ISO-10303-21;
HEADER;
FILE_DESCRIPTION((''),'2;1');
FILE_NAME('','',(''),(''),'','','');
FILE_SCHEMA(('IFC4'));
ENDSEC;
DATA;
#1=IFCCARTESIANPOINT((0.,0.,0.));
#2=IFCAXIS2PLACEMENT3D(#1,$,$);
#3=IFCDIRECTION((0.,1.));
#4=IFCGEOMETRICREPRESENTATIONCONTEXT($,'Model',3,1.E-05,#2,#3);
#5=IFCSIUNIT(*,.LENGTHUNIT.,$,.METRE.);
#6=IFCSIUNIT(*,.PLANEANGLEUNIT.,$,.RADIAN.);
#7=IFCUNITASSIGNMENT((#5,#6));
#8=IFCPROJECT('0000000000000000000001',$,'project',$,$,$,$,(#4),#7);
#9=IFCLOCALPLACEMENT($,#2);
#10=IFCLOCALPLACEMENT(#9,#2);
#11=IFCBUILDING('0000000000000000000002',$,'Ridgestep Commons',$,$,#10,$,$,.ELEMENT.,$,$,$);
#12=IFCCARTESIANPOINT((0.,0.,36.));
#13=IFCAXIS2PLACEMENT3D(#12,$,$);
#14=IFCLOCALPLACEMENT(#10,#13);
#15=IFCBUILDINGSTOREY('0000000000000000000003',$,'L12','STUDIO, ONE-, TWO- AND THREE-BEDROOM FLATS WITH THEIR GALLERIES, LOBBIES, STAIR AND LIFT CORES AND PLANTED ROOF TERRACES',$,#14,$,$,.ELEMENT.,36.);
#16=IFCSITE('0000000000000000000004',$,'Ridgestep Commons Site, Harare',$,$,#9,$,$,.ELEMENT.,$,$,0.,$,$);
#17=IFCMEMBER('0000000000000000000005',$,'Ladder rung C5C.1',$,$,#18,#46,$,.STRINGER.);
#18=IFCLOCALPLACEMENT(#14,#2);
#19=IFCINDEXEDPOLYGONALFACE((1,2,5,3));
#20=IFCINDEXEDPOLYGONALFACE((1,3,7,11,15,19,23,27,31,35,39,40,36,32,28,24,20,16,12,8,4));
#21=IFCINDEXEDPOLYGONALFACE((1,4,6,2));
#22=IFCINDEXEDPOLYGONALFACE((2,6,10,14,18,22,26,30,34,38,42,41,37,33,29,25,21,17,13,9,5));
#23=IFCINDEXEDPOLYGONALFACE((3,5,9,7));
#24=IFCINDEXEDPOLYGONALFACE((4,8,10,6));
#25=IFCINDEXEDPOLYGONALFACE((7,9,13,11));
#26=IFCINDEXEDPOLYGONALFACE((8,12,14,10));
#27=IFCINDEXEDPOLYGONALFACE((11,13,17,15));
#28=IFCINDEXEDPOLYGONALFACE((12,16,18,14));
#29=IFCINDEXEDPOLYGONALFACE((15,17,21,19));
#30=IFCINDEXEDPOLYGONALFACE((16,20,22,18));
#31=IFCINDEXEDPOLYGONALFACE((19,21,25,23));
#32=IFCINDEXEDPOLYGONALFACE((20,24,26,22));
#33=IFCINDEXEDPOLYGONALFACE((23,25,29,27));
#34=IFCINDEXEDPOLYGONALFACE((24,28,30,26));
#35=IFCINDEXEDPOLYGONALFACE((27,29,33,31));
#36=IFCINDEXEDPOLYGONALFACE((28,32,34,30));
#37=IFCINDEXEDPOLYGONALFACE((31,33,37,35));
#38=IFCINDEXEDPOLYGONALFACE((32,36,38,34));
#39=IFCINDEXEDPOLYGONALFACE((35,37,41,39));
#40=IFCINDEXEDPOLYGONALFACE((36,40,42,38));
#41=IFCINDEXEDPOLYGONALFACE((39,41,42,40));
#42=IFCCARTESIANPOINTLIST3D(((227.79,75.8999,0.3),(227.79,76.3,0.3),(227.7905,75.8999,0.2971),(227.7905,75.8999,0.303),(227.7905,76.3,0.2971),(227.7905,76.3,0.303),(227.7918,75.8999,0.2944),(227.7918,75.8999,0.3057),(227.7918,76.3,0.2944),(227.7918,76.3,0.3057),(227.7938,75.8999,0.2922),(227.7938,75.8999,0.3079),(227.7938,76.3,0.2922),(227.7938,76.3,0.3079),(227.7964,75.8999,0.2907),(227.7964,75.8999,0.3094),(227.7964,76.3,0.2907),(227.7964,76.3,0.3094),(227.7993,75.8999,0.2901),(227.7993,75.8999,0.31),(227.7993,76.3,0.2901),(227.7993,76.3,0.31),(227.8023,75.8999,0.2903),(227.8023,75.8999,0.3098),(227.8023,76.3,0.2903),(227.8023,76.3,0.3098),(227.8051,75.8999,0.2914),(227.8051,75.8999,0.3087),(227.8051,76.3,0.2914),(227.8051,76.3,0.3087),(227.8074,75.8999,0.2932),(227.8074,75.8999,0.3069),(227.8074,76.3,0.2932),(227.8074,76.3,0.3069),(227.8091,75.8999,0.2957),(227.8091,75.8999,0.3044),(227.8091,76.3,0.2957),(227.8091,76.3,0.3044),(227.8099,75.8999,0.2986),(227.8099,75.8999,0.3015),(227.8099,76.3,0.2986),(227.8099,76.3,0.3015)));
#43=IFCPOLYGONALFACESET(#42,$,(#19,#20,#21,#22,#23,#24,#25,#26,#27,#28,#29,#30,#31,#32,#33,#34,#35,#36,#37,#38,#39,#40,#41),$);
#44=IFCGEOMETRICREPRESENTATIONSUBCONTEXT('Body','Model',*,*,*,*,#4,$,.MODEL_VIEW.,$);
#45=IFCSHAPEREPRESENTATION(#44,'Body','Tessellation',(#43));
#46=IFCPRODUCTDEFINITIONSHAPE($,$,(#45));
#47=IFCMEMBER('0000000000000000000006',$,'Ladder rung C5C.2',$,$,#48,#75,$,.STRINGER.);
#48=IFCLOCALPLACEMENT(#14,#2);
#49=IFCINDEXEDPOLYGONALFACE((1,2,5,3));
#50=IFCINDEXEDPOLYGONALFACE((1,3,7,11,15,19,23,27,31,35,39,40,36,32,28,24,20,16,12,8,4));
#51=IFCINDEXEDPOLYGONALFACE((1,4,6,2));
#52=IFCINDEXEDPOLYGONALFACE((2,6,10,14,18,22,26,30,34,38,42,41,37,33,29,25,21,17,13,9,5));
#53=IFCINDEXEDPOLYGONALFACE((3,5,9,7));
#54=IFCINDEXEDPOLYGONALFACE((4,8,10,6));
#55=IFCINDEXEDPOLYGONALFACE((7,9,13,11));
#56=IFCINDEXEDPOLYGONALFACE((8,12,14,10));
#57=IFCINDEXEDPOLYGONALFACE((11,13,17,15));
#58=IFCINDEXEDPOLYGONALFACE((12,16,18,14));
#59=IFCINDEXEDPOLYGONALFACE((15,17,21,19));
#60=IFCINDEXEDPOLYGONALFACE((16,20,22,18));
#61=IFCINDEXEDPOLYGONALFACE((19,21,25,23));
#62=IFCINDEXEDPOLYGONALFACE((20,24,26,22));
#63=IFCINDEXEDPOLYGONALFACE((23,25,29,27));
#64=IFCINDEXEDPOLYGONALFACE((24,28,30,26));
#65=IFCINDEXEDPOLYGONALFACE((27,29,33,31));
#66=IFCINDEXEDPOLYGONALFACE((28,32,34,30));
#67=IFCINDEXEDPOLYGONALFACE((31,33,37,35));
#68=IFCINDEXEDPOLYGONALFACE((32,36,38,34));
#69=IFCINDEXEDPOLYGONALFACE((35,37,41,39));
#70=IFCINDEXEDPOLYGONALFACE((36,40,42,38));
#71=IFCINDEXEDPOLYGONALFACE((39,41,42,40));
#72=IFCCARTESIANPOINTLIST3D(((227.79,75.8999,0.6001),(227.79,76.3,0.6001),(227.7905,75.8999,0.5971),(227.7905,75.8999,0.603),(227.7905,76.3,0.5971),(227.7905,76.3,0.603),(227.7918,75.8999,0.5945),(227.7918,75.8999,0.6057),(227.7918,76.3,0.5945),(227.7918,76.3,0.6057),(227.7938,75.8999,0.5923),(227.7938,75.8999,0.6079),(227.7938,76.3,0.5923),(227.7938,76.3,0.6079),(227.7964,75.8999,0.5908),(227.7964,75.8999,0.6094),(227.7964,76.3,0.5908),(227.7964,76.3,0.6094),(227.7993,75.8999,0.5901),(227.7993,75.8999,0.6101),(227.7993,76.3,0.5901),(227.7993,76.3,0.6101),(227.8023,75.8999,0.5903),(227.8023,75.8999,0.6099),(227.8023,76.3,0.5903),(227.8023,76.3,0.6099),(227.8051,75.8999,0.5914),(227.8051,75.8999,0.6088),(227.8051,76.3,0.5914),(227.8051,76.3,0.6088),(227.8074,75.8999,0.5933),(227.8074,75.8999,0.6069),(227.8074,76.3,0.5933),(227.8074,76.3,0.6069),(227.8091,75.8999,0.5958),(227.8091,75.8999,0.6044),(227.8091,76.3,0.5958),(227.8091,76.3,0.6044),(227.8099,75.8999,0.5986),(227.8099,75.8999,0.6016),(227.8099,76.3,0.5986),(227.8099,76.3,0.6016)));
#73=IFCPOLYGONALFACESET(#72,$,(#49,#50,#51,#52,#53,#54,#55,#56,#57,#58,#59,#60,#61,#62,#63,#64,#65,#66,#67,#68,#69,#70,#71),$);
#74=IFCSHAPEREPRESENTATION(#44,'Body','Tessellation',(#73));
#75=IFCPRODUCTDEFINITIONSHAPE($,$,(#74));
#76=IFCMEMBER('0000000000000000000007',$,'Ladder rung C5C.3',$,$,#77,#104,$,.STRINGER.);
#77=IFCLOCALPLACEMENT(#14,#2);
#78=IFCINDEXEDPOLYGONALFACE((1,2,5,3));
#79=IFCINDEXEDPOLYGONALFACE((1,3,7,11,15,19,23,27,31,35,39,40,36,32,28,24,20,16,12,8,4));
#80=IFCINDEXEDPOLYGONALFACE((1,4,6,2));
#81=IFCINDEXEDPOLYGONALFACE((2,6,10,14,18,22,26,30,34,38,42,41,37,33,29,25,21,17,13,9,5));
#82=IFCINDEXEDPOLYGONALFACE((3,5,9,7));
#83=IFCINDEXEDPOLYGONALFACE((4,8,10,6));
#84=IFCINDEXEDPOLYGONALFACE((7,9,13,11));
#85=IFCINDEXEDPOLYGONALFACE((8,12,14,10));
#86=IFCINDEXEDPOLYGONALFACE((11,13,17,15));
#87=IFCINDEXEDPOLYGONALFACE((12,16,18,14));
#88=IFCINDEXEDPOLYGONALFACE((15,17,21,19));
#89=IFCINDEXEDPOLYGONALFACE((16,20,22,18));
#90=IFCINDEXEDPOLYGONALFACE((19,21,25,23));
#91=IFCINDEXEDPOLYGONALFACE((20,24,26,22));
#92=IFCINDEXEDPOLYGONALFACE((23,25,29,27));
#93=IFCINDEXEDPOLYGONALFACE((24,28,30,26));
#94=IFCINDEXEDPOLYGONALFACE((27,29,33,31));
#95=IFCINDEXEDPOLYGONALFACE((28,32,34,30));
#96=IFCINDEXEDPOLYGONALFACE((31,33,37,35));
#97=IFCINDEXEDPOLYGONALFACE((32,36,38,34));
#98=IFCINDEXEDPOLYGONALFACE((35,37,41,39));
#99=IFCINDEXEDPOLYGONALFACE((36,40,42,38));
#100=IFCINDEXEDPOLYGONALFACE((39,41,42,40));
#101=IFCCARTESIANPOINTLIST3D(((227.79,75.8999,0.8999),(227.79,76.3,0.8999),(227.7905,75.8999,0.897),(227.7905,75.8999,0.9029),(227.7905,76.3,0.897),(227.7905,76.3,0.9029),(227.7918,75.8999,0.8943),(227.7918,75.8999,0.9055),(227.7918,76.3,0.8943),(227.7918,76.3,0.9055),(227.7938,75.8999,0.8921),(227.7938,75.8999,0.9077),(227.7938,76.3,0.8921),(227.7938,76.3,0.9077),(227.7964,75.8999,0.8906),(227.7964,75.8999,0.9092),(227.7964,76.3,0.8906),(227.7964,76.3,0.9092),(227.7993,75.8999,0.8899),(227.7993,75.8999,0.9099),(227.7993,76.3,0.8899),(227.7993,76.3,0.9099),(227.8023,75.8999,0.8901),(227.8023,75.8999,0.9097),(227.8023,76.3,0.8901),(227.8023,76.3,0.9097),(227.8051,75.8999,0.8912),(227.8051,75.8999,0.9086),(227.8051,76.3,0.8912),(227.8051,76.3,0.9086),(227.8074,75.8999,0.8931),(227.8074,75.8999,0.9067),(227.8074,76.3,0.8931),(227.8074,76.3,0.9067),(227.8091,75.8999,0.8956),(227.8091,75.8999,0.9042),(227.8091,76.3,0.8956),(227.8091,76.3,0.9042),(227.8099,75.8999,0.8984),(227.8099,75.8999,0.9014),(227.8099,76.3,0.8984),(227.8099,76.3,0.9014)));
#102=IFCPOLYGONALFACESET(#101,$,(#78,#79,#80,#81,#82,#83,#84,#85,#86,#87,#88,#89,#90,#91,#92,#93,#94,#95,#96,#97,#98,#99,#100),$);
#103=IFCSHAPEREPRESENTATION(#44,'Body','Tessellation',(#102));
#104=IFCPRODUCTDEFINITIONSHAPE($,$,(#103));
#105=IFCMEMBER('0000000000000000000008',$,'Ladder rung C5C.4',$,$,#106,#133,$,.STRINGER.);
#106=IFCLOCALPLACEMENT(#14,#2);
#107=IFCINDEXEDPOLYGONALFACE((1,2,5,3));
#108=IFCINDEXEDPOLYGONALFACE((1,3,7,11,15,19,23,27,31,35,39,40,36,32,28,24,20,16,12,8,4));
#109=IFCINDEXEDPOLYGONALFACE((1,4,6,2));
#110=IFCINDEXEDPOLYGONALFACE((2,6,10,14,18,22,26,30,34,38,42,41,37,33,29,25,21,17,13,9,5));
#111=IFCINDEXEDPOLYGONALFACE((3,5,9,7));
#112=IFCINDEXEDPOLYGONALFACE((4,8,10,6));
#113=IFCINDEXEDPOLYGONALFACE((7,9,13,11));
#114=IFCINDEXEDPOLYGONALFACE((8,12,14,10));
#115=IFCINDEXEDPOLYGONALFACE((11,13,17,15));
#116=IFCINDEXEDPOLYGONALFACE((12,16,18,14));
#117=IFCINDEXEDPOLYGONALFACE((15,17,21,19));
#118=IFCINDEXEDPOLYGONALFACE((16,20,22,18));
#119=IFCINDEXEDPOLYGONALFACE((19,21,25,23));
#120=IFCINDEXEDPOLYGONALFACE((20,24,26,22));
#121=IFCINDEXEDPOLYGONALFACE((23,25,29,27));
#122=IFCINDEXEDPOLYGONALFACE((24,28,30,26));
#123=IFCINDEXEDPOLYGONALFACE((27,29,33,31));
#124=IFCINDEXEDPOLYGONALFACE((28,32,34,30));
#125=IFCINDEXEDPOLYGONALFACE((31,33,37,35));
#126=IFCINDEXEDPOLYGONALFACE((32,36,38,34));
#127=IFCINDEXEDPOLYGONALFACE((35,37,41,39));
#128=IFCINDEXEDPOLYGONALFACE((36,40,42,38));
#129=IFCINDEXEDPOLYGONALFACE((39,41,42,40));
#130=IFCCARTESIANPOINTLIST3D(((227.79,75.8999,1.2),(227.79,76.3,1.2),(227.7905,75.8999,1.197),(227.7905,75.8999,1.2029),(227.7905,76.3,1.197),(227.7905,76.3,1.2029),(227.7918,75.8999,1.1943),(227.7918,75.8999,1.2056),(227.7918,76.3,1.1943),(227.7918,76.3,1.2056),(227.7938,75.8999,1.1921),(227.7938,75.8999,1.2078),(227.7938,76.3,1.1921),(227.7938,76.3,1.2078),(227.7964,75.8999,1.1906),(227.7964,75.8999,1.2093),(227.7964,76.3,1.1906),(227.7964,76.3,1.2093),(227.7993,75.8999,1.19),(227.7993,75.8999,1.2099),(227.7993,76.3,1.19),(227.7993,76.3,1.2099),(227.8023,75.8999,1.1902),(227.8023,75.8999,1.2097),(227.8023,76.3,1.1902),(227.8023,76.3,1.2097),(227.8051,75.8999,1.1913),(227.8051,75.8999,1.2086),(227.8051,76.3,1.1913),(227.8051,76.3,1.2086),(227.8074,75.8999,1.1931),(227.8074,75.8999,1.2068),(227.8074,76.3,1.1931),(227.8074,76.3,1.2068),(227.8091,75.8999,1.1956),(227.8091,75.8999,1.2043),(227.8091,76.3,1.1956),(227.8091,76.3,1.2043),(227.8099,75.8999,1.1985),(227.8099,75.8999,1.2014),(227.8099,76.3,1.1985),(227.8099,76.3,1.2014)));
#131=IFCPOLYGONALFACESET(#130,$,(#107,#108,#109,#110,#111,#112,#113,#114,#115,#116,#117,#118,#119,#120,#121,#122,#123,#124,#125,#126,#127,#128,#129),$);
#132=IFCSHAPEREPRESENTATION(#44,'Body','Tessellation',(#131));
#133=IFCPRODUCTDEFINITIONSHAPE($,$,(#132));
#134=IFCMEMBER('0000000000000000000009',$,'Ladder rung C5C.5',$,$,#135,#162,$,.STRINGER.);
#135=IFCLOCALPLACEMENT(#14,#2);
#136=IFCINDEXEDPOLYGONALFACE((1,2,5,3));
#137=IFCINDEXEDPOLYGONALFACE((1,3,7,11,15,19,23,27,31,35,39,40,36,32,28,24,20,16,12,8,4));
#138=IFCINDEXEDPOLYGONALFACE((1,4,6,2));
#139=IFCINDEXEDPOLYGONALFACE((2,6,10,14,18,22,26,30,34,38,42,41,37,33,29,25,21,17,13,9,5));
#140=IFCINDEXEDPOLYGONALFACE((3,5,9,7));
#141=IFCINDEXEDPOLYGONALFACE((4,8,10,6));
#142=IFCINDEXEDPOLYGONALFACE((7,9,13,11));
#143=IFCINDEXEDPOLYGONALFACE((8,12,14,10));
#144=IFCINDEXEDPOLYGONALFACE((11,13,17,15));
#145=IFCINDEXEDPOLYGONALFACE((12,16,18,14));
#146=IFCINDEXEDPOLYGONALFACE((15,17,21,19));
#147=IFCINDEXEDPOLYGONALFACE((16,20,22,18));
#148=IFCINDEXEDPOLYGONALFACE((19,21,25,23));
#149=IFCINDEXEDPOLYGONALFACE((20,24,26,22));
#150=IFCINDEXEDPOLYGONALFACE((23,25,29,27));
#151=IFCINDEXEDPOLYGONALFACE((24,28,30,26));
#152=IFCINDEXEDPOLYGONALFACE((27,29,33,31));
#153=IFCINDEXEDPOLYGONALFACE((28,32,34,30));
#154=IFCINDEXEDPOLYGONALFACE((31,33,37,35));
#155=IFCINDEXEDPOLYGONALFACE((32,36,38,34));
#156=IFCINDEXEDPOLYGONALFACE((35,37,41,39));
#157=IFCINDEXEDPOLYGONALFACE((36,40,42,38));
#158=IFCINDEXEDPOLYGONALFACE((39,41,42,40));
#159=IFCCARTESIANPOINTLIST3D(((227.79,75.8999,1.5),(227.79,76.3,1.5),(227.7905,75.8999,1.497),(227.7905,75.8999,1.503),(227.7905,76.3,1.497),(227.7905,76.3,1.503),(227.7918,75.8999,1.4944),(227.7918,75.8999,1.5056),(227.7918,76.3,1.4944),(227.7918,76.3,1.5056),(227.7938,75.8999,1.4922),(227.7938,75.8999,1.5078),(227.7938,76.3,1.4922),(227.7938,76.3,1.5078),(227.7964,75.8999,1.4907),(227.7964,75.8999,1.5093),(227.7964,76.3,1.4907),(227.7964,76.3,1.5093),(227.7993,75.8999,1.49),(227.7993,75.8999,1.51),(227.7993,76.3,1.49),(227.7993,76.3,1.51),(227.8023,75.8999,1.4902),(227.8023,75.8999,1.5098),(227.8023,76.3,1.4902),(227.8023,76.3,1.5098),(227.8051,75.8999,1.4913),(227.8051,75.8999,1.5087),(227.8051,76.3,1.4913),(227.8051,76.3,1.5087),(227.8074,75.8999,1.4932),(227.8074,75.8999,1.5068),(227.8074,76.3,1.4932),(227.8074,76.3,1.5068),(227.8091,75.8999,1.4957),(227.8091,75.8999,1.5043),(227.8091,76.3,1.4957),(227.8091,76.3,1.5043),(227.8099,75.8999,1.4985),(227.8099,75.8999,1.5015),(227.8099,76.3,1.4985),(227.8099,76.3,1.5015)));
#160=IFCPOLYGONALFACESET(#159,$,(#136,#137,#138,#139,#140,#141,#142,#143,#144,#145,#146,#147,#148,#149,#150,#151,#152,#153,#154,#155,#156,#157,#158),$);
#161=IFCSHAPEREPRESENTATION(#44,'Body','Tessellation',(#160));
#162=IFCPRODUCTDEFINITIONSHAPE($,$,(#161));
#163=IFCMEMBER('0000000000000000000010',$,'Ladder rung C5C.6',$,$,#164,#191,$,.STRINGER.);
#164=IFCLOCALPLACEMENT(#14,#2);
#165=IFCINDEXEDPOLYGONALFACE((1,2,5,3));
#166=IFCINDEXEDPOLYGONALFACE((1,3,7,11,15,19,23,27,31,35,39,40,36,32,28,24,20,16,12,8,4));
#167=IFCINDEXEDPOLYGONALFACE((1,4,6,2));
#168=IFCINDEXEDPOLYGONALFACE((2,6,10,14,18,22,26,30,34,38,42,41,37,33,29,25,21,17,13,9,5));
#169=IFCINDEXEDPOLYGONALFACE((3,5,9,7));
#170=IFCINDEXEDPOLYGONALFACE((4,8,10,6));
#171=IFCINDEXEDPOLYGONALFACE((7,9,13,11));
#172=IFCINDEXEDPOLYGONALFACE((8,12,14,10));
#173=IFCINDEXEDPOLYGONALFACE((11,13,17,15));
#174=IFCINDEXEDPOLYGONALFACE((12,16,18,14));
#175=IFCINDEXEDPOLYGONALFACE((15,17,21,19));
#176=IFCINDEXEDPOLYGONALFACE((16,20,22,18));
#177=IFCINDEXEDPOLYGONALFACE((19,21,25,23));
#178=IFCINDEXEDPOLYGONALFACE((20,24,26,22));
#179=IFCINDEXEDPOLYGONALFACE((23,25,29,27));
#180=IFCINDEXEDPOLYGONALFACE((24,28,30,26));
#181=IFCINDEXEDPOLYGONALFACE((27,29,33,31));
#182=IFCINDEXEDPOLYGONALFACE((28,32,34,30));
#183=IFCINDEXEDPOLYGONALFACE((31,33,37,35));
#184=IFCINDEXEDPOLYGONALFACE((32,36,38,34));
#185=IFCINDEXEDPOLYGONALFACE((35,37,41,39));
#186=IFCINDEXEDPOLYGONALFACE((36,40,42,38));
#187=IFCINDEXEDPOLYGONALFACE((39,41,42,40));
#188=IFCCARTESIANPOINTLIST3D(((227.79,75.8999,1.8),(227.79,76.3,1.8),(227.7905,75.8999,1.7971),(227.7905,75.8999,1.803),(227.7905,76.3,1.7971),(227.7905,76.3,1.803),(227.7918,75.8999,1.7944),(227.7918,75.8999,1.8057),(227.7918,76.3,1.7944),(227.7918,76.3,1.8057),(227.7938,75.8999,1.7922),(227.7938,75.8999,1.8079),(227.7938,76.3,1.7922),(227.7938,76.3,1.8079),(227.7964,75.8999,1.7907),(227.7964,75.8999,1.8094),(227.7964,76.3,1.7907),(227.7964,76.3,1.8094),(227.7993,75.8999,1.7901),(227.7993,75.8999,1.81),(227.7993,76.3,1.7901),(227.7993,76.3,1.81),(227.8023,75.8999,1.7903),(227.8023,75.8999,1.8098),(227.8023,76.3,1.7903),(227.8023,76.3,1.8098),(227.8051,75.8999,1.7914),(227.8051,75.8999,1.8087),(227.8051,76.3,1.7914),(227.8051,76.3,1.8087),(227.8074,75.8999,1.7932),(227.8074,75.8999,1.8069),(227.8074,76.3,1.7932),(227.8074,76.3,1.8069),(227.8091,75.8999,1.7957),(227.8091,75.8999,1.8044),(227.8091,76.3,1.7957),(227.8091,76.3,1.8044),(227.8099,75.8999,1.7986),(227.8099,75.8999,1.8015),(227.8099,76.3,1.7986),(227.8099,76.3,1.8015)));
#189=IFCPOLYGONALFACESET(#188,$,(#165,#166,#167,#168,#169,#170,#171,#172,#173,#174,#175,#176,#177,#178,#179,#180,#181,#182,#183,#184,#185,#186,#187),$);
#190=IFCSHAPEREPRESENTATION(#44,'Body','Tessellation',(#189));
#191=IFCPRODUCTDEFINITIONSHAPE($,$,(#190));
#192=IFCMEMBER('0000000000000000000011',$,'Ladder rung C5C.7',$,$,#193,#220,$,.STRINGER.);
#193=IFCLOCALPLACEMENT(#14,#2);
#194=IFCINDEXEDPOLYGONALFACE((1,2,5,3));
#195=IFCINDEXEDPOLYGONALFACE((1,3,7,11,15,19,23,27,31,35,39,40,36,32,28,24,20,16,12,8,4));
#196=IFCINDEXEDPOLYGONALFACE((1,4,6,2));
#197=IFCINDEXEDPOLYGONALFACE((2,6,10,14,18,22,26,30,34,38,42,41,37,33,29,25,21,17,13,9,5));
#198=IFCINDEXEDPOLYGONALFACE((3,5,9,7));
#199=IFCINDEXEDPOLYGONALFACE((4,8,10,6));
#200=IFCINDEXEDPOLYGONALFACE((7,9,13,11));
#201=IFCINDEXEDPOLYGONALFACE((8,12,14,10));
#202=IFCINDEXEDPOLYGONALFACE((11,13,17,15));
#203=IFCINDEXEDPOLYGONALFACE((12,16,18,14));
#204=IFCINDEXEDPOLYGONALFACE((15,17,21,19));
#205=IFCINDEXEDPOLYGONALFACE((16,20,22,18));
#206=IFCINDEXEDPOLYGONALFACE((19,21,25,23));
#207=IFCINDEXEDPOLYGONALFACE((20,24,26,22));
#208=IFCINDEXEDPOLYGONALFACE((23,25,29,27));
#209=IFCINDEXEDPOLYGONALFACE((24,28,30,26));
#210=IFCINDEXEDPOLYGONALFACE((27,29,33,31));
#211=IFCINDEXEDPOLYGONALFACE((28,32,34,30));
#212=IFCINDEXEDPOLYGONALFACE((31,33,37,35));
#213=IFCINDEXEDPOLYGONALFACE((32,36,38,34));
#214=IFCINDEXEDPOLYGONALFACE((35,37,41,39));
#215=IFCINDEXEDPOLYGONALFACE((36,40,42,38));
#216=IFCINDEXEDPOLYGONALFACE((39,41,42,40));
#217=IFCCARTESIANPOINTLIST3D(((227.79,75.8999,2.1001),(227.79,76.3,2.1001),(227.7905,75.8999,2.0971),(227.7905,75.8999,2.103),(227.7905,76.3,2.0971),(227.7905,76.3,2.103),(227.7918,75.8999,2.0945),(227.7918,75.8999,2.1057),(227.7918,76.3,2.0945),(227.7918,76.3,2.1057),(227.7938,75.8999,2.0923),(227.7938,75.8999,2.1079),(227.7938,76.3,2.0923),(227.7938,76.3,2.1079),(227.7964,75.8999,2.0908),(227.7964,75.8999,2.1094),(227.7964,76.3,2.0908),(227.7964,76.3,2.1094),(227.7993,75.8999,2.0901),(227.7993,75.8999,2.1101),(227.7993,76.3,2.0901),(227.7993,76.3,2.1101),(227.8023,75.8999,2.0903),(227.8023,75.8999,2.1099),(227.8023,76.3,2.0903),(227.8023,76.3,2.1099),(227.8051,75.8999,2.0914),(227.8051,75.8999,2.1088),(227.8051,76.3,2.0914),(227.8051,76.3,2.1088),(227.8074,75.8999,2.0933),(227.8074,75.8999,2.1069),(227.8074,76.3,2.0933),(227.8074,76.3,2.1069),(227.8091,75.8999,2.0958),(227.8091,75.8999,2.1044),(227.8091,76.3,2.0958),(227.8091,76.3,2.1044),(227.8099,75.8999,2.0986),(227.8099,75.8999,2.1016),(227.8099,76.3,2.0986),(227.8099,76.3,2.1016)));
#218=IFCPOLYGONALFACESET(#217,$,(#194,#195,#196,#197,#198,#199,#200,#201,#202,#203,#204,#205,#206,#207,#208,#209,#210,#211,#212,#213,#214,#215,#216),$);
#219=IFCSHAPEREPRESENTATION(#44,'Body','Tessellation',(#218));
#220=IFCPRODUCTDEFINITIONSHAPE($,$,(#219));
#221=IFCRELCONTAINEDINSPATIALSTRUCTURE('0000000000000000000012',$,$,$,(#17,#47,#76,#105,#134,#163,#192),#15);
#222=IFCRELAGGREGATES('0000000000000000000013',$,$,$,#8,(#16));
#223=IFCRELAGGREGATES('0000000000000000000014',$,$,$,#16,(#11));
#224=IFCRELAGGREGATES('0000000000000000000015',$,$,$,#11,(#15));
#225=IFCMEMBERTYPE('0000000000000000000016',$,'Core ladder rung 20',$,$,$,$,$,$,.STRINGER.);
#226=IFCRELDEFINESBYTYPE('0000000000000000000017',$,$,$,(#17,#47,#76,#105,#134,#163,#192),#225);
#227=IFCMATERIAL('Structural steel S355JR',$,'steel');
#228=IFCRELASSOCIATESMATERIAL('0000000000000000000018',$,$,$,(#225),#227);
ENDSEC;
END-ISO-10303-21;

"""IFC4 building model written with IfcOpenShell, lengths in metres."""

from ifc_helpers import new_model, si_unit, direction, frame, origin, origin_2d, place, context, subcontext, project, spatial, circle, extrude, material, material_profile, profile_set, type_object, element, save


model = new_model("IFC4")

# Units and contexts
model_context = context("Model", 3, precision=1e-05, world=origin(), true_north=direction((0.0, 1.0)))
body_context = subcontext(model_context, "Body", "Model", "MODEL_VIEW")
ifc_project = project(units=[si_unit("LENGTHUNIT", "METRE"), si_unit("PLANEANGLEUNIT", "RADIAN")], contexts=[model_context])

# Site, building, storey
site_placement = place(None, origin())
site = spatial("IfcSite", under=ifc_project, at=site_placement, Name="Ridgestep Commons Site, Harare", CompositionType="ELEMENT", RefElevation=0.0)
building_placement = place(site_placement, origin())
building = spatial("IfcBuilding", under=site, at=building_placement, Name="Ridgestep Commons", CompositionType="ELEMENT")
storey_placement = place(building_placement, frame((0.0, 0.0, 36.0)))
storey = spatial("IfcBuildingStorey", under=building, at=storey_placement, Name="L12", Description="STUDIO, ONE-, TWO- AND THREE-BEDROOM FLATS WITH THEIR GALLERIES, LOBBIES, STAIR AND LIFT CORES AND PLANTED ROOF TERRACES", CompositionType="ELEMENT", Elevation=36.0)

# Members
ifc_material_1 = material(Name="Structural steel S355JR", Category="steel")
ifc_material_profile_1 = material_profile(ifc_material_1, circle(Radius=0.01, at=origin_2d()), Name="Round bar 20")
ifc_profile_set_1 = profile_set([ifc_material_profile_1], Name="Structural steel S355JR")
member_type_1 = type_object("IfcMemberType", Name="Core ladder rung 20", PredefinedType="STRINGER", material=ifc_profile_set_1)
for number, where, z_axis, x_axis, name in (
    (1, (227.8, 75.8999, 0.3), (0.0, 1.0, 0.0), (-1.0, 0.0, 0.0), "Ladder rung C5C.1"),
    (2, (227.8, 75.8999, 0.6001), (0.0, 1.0, 0.0), (-1.0, 0.0, 0.0), "Ladder rung C5C.2"),
    (3, (227.8, 75.8999, 0.8999), (0.0, 1.0, 0.0), (-1.0, 0.0, 0.0), "Ladder rung C5C.3"),
    (4, (227.8, 75.8999, 1.2), (0.0, 1.0, 0.0), (-1.0, 0.0, 0.0), "Ladder rung C5C.4"),
    (5, (227.8, 75.8999, 1.5), (0.0, 1.0, 0.0), (-1.0, 0.0, 0.0), "Ladder rung C5C.5"),
    (6, (227.8, 75.8999, 1.8), (0.0, 1.0, 0.0), (-1.0, 0.0, 0.0), "Ladder rung C5C.6"),
    (7, (227.8, 75.8999, 2.1001), (0.0, 1.0, 0.0), (-1.0, 0.0, 0.0), "Ladder rung C5C.7"),
):
    element("IfcMember", number, at=place(storey_placement, frame(where, z_axis=z_axis, x_axis=x_axis)), inside=storey, type_object=member_type_1, Name=name, PredefinedType="STRINGER", context=body_context, shape_type="SweptSolid", body=[
        extrude(circle(Radius=0.01, at=origin_2d()), origin(), (0.0, 0.0, 1.0), 0.4001),
    ])

save(model, "model.ifc")
